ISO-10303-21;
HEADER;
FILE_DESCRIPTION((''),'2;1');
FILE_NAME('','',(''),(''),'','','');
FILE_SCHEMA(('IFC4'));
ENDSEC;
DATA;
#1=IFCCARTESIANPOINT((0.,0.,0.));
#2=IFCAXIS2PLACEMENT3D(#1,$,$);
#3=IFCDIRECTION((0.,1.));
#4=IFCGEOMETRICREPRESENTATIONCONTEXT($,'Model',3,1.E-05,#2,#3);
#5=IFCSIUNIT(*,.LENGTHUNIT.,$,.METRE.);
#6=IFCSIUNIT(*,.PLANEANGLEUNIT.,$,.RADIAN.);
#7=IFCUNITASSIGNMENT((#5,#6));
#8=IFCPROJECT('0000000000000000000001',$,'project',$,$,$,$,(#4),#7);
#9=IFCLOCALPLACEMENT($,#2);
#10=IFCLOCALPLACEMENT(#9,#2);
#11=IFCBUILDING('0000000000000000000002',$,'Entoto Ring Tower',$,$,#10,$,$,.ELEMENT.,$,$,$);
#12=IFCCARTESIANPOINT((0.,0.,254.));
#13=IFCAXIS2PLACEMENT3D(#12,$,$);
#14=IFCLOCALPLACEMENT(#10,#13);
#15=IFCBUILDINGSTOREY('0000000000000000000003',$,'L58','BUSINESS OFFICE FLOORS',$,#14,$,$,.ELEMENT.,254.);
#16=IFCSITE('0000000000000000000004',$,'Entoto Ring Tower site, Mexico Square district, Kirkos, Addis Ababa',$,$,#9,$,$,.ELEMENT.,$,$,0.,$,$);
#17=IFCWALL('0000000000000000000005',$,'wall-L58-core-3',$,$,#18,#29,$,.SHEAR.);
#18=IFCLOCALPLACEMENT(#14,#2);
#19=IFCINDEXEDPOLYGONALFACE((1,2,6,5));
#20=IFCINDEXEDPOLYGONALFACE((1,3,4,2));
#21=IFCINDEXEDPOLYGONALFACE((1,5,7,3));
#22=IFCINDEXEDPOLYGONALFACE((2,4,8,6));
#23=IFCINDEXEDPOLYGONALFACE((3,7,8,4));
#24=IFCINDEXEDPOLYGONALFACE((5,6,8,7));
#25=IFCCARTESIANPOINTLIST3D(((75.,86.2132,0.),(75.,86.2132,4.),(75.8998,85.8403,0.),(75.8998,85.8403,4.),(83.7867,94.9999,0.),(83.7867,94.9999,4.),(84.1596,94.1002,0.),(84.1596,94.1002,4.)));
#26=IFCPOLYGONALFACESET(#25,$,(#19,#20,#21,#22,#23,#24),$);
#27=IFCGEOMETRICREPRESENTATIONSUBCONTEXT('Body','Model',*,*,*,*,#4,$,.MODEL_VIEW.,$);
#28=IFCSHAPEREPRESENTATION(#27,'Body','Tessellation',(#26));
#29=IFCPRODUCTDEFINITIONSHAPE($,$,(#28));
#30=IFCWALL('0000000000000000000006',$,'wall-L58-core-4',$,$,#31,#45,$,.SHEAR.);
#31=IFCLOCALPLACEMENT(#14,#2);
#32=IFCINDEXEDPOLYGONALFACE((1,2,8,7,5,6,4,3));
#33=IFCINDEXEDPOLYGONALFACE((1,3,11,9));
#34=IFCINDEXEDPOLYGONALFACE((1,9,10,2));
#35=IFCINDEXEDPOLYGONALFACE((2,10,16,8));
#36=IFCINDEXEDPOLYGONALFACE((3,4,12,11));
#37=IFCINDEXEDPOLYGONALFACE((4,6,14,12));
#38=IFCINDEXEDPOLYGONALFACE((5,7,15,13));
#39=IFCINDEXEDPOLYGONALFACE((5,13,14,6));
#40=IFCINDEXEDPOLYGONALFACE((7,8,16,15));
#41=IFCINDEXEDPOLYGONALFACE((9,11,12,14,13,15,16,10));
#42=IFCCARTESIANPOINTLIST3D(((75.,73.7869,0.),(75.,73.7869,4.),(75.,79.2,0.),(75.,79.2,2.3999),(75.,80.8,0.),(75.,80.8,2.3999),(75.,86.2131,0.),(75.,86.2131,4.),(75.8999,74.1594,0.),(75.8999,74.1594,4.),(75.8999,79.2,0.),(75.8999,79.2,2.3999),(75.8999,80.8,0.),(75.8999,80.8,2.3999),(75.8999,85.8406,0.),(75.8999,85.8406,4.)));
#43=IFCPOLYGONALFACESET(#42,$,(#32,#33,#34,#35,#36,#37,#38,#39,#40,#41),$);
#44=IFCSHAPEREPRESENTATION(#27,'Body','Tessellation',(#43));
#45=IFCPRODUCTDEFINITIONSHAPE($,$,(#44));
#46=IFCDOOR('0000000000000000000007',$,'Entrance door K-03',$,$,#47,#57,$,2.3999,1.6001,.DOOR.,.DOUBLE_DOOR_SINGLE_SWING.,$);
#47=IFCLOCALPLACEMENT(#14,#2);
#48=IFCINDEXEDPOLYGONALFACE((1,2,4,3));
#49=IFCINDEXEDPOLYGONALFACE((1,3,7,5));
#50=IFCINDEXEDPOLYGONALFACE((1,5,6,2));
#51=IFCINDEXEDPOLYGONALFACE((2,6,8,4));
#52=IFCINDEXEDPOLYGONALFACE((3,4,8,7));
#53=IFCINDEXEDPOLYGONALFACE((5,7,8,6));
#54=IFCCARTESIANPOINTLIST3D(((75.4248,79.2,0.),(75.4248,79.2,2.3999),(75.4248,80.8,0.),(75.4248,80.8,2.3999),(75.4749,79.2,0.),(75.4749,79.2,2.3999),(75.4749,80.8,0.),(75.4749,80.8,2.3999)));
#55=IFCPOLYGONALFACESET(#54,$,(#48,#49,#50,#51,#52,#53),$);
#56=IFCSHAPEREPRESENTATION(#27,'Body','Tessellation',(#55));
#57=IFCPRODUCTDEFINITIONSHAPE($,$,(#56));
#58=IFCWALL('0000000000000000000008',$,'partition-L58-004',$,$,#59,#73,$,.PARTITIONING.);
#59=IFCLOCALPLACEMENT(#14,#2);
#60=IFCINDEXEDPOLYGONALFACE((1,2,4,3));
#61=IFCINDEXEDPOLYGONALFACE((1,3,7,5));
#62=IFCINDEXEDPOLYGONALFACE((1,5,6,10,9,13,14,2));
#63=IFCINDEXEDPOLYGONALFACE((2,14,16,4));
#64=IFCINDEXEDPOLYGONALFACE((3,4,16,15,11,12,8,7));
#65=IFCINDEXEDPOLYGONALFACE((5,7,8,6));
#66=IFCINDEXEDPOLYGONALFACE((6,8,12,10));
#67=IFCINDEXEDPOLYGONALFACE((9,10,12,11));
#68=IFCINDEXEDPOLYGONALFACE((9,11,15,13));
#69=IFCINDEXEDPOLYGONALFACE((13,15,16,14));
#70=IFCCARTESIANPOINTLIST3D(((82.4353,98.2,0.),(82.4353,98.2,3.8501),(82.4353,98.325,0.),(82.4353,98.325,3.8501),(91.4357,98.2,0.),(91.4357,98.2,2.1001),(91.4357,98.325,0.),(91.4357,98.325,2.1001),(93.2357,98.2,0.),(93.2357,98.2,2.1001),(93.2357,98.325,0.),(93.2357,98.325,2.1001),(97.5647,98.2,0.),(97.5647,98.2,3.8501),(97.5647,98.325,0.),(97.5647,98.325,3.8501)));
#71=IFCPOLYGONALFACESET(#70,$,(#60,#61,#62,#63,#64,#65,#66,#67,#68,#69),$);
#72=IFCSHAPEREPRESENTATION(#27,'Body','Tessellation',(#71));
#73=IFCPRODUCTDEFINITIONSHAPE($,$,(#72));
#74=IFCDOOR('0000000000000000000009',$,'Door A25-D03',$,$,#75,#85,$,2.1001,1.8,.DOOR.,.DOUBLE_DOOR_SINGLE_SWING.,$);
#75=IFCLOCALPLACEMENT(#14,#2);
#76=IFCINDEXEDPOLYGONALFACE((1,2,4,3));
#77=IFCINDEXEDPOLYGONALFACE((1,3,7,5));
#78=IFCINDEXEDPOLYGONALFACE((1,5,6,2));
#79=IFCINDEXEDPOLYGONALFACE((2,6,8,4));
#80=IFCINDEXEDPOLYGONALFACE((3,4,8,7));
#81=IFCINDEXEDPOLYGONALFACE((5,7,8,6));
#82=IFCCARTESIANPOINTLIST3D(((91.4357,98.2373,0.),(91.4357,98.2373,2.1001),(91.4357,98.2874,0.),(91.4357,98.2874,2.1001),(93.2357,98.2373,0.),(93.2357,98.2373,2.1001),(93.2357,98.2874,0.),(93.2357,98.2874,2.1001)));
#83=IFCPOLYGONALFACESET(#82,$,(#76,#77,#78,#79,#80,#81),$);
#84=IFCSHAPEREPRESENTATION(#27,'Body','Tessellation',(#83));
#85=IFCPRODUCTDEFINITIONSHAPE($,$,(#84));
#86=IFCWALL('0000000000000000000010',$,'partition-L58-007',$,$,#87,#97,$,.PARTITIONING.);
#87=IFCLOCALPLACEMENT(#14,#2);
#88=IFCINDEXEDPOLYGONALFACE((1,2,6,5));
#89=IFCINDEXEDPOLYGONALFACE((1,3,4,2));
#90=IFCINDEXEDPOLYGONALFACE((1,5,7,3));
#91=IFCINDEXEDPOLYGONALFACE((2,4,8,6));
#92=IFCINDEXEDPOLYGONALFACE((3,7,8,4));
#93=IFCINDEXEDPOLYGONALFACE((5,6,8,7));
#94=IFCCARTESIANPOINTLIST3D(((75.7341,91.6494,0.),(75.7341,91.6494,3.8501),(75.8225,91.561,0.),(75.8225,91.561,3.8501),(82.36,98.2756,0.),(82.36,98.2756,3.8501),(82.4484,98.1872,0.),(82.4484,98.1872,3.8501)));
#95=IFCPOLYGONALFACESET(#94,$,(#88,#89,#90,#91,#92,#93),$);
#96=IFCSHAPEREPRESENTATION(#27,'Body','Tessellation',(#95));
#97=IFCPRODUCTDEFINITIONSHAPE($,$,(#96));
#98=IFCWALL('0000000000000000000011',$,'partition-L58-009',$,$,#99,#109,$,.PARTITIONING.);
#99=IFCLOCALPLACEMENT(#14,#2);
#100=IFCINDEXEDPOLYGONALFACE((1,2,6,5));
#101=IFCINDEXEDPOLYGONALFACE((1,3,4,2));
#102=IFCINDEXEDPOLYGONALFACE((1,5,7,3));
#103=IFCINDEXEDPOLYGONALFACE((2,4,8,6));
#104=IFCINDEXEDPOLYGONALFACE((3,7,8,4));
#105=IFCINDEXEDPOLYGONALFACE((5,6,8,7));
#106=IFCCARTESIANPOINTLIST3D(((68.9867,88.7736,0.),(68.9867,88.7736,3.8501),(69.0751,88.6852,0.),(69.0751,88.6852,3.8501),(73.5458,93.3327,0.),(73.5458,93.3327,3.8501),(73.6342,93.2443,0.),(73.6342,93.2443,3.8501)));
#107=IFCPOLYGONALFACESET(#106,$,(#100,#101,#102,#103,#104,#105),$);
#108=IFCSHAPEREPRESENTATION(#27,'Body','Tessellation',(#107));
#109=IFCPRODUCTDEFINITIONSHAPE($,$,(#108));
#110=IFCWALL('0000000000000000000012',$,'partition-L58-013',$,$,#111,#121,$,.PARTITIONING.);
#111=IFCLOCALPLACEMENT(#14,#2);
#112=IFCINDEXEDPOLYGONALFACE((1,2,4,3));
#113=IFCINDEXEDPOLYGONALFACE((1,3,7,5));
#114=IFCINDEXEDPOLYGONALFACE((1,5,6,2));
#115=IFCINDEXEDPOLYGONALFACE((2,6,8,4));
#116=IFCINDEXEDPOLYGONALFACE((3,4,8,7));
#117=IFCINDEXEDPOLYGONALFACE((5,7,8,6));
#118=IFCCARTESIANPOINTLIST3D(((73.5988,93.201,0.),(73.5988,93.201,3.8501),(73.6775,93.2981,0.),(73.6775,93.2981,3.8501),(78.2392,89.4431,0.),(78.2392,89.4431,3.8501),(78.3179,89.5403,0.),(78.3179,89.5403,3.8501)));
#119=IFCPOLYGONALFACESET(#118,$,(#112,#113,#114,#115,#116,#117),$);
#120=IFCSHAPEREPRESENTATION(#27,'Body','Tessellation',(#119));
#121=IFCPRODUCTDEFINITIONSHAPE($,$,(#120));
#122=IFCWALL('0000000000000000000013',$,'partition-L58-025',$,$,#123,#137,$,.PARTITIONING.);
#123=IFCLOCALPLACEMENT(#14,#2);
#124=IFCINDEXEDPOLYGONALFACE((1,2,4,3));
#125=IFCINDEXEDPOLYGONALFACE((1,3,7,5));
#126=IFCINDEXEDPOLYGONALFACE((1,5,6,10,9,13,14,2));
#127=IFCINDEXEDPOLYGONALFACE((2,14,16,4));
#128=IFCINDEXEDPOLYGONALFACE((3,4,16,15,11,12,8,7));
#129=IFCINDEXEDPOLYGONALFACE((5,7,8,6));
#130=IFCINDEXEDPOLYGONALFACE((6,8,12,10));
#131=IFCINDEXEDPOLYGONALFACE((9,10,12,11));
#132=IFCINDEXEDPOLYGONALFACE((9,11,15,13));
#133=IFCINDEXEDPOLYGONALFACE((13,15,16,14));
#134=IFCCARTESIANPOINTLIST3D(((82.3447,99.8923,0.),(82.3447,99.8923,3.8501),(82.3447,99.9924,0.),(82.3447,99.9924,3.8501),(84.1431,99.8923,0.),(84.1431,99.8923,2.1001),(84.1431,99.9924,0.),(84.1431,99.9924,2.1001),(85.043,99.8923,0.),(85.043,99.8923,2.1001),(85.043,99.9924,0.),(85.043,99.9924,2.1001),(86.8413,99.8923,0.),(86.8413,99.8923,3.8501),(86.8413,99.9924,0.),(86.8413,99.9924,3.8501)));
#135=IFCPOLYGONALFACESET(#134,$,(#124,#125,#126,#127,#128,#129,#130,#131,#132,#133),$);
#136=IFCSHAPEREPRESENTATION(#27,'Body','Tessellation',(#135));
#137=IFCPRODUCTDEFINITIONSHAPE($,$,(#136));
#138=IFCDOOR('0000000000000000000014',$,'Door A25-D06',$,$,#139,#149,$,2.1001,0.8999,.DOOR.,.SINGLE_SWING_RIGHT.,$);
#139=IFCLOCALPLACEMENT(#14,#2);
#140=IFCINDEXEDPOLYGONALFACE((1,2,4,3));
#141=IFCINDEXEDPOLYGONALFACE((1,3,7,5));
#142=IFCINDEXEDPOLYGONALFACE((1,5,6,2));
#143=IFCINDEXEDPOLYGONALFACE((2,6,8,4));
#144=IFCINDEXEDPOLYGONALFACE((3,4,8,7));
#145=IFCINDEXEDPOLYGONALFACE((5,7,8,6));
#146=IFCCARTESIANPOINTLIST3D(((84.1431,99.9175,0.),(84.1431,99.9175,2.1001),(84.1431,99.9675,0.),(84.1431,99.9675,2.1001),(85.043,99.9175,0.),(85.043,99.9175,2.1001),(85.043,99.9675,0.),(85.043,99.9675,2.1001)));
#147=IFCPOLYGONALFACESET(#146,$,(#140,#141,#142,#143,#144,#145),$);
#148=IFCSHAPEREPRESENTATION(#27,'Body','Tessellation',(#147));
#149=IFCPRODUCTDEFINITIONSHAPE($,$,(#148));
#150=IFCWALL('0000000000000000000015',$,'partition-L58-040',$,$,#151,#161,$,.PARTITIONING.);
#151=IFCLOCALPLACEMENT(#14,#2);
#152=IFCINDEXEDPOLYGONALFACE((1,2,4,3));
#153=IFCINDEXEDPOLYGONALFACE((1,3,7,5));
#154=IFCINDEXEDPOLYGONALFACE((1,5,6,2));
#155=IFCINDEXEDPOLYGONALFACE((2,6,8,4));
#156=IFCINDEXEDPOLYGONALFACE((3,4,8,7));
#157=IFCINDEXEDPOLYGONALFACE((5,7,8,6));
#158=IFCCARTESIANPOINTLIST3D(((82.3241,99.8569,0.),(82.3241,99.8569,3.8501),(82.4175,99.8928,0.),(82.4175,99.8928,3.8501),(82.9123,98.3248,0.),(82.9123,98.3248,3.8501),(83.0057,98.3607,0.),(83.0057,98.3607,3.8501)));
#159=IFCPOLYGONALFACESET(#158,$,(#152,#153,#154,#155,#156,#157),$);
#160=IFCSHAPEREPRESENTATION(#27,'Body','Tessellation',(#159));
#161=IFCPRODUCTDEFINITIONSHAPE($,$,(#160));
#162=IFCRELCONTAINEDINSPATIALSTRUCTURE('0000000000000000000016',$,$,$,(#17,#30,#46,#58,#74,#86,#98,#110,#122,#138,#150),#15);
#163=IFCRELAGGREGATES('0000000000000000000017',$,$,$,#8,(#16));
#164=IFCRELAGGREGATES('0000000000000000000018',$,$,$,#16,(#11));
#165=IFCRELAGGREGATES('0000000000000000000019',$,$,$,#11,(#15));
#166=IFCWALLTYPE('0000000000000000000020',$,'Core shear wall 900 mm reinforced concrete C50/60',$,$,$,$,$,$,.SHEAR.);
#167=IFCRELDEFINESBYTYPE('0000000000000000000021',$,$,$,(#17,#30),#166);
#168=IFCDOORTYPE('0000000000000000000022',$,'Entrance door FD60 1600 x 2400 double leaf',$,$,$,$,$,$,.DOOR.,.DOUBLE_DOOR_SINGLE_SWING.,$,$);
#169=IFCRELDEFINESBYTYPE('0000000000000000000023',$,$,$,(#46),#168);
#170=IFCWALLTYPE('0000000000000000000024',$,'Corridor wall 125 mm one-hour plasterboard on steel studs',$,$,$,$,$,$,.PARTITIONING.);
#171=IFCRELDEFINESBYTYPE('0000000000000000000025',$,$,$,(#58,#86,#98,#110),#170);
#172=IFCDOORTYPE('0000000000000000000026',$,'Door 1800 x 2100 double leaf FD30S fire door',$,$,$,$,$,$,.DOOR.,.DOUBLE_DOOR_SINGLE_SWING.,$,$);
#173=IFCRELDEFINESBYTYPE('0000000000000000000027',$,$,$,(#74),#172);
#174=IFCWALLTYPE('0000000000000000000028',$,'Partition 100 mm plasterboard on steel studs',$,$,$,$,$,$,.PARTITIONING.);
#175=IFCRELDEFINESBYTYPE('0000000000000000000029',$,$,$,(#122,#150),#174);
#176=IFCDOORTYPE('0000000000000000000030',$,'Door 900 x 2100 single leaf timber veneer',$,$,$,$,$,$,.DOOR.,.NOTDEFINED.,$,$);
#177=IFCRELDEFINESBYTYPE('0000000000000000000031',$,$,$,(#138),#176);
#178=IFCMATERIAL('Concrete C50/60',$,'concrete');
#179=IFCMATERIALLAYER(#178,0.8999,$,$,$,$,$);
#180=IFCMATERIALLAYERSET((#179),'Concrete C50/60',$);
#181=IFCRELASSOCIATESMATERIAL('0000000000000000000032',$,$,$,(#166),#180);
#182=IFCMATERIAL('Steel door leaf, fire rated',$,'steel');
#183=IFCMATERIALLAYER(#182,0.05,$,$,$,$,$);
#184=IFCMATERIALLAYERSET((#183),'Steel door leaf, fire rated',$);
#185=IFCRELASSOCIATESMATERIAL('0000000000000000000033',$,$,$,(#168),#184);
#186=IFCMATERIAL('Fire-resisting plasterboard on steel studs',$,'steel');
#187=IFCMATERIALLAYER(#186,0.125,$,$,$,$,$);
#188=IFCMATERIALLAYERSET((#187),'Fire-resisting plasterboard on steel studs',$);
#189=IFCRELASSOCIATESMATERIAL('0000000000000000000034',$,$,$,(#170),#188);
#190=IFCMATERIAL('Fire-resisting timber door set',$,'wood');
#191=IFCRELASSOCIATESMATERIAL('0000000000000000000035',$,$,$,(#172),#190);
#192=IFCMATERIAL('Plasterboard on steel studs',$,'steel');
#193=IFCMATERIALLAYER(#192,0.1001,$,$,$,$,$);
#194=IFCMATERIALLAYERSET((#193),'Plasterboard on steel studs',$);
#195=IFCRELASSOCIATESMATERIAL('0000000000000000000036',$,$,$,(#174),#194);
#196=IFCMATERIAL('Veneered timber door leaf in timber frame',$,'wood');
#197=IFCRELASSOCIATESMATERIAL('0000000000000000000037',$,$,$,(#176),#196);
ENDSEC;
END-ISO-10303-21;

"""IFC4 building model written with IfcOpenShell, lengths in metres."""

from ifc_helpers import new_model, si_unit, direction, frame, frame_2d, origin, place, context, subcontext, project, spatial, polyline, rectangle, outline, extrude, material, layer, layer_set, type_object, element, fill, save


model = new_model("IFC4")

# Units and contexts
model_context = context("Model", 3, precision=1e-05, world=origin(), true_north=direction((0.0, 1.0)))
body_context = subcontext(model_context, "Body", "Model", "MODEL_VIEW")
ifc_project = project(units=[si_unit("LENGTHUNIT", "METRE"), si_unit("PLANEANGLEUNIT", "RADIAN")], contexts=[model_context])

# Site, building, storey
site_placement = place(None, origin())
site = spatial("IfcSite", under=ifc_project, at=site_placement, Name="Entoto Ring Tower site, Mexico Square district, Kirkos, Addis Ababa", CompositionType="ELEMENT", RefElevation=0.0)
building_placement = place(site_placement, origin())
building = spatial("IfcBuilding", under=site, at=building_placement, Name="Entoto Ring Tower", CompositionType="ELEMENT")
storey_placement = place(building_placement, frame((0.0, 0.0, 254.0)))
storey = spatial("IfcBuildingStorey", under=building, at=storey_placement, Name="L58", Description="BUSINESS OFFICE FLOORS", CompositionType="ELEMENT", Elevation=254.0)

# Wall
ifc_material_1 = material(Name="Concrete C50/60", Category="concrete")
ifc_layer_1 = layer(ifc_material_1, 0.8999)
ifc_layer_set_1 = layer_set([ifc_layer_1], Name="Concrete C50/60")
wall_type_1 = type_object("IfcWallType", Name="Core shear wall 900 mm reinforced concrete C50/60", PredefinedType="SHEAR", material=ifc_layer_set_1)
wall_1_placement = place(storey_placement, frame((83.9731, 94.55, 0.0), z_axis=(0.0, 0.0, 1.0), x_axis=(-0.707107, -0.707107, 0.0)))
element("IfcWall", 1, at=wall_1_placement, inside=storey, type_object=wall_type_1, Name="wall-L58-core-3", PredefinedType="SHEAR", context=body_context, shape_type="SweptSolid", body=[
    extrude(outline(polyline([(-0.1863, -0.45), (12.24, -0.45), (11.8674, 0.45), (0.1863, 0.45), (-0.1863, -0.45)])), origin(), (0.0, 0.0, 1.0), 4.0),
])

# Walls, openings, doors
wall_2_placement = place(storey_placement, frame((75.45, 86.0269, 0.0), z_axis=(0.0, 0.0, 1.0), x_axis=(0.0, -1.0, 0.0)))
wall_2 = element("IfcWall", 2, at=wall_2_placement, inside=storey, type_object=wall_type_1, Name="wall-L58-core-4", PredefinedType="SHEAR", context=body_context, shape_type="SweptSolid", body=[
    extrude(outline(polyline([(-0.1863, -0.45), (12.24, -0.45), (11.8674, 0.45), (0.1863, 0.45), (-0.1863, -0.45)])), origin(), (0.0, 0.0, 1.0), 4.0),
])
opening_1_placement = place(wall_2_placement, frame((5.2268, 0.0, 0.0)))
opening_1 = element("IfcOpeningElement", 3, at=opening_1_placement, cuts=wall_2, PredefinedType="OPENING", context=body_context, shape_type="SweptSolid", body=[
    extrude(rectangle(XDim=1.6001, YDim=2.3999, at=frame_2d((0.8, 1.2))), frame((0.0, 0.46, 0.0), z_axis=(0.0, -1.0, 0.0), x_axis=(1.0, 0.0, 0.0)), (0.0, 0.0, 1.0), 0.9199),
])
ifc_material_2 = material(Name="Steel door leaf, fire rated", Category="steel")
ifc_layer_2 = layer(ifc_material_2, 0.05)
ifc_layer_set_2 = layer_set([ifc_layer_2], Name="Steel door leaf, fire rated")
door_type_1 = type_object("IfcDoorType", Name="Entrance door FD60 1600 x 2400 double leaf", OperationType="DOUBLE_DOOR_SINGLE_SWING", PredefinedType="DOOR", material=ifc_layer_set_2)
door_1_placement = place(opening_1_placement, origin())
door_1 = element("IfcDoor", 4, at=door_1_placement, inside=storey, type_object=door_type_1, Name="Entrance door K-03", OperationType="DOUBLE_DOOR_SINGLE_SWING", OverallHeight=2.3999, OverallWidth=1.6001, PredefinedType="DOOR", context=body_context, shape_type="SweptSolid", body=[
    extrude(rectangle(XDim=1.6001, YDim=2.3999, at=frame_2d((0.8, 1.2))), frame((0.0, 0.0249, 0.0), z_axis=(0.0, -1.0, 0.0), x_axis=(1.0, 0.0, 0.0)), (0.0, 0.0, 1.0), 0.05),
])
fill(opening_1, door_1)
ifc_material_3 = material(Name="Fire-resisting plasterboard on steel studs", Category="steel")
ifc_layer_3 = layer(ifc_material_3, 0.125)
ifc_layer_set_3 = layer_set([ifc_layer_3], Name="Fire-resisting plasterboard on steel studs")
wall_type_2 = type_object("IfcWallType", Name="Corridor wall 125 mm one-hour plasterboard on steel studs", PredefinedType="PARTITIONING", material=ifc_layer_set_3)
wall_3_placement = place(storey_placement, frame((82.4353, 98.2625, 0.0), z_axis=(0.0, 0.0, 1.0), x_axis=(1.0, 0.0, 0.0)))
wall_3 = element("IfcWall", 5, at=wall_3_placement, inside=storey, type_object=wall_type_2, Name="partition-L58-004", PredefinedType="PARTITIONING", context=body_context, shape_type="SweptSolid", body=[
    extrude(rectangle(XDim=15.1294, YDim=0.125, at=frame_2d((7.5647, 0.0))), origin(), (0.0, 0.0, 1.0), 3.8501),
])
opening_2_placement = place(wall_3_placement, frame((9.0005, 0.0, 0.0)))
opening_2 = element("IfcOpeningElement", 6, at=opening_2_placement, cuts=wall_3, PredefinedType="OPENING", context=body_context, shape_type="SweptSolid", body=[
    extrude(rectangle(XDim=1.8, YDim=2.1001, at=frame_2d((0.8999, 1.05))), frame((0.0, 0.0725, 0.0), z_axis=(0.0, -1.0, 0.0), x_axis=(1.0, 0.0, 0.0)), (0.0, 0.0, 1.0), 0.145),
])
ifc_material_4 = material(Name="Fire-resisting timber door set", Category="wood")
door_type_2 = type_object("IfcDoorType", Name="Door 1800 x 2100 double leaf FD30S fire door", OperationType="DOUBLE_DOOR_SINGLE_SWING", PredefinedType="DOOR", material=ifc_material_4)
door_2_placement = place(opening_2_placement, origin())
door_2 = element("IfcDoor", 7, at=door_2_placement, inside=storey, type_object=door_type_2, Name="Door A25-D03", OperationType="DOUBLE_DOOR_SINGLE_SWING", OverallHeight=2.1001, OverallWidth=1.8, PredefinedType="DOOR", context=body_context, shape_type="SweptSolid", body=[
    extrude(rectangle(XDim=1.8, YDim=2.1001, at=frame_2d((0.8999, 1.05))), frame((0.0, 0.0249, 0.0), z_axis=(0.0, -1.0, 0.0), x_axis=(1.0, 0.0, 0.0)), (0.0, 0.0, 1.0), 0.05),
])
fill(opening_2, door_2)

# Walls
wall_4_placement = place(storey_placement, frame((75.7783, 91.6052, 0.0), z_axis=(0.0, 0.0, 1.0), x_axis=(0.707094, 0.70712, 0.0)))
element("IfcWall", 8, at=wall_4_placement, inside=storey, type_object=wall_type_2, Name="partition-L58-007", PredefinedType="PARTITIONING", context=body_context, shape_type="SweptSolid", body=[
    extrude(rectangle(XDim=9.3706, YDim=0.125, at=frame_2d((4.6853, 0.0))), origin(), (0.0, 0.0, 1.0), 3.8501),
])
wall_5_placement = place(storey_placement, frame((69.031, 88.7295, 0.0), z_axis=(0.0, 0.0, 1.0), x_axis=(0.707107, 0.707107, 0.0)))
element("IfcWall", 9, at=wall_5_placement, inside=storey, type_object=wall_type_2, Name="partition-L58-009", PredefinedType="PARTITIONING", context=body_context, shape_type="SweptSolid", body=[
    extrude(rectangle(XDim=6.4475, YDim=0.125, at=frame_2d((3.2236, 0.0))), origin(), (0.0, 0.0, 1.0), 3.8501),
])
wall_6_placement = place(storey_placement, frame((78.2786, 89.4917, 0.0), z_axis=(0.0, 0.0, 1.0), x_axis=(-0.777137, 0.629331, 0.0)))
element("IfcWall", 10, at=wall_6_placement, inside=storey, type_object=wall_type_2, Name="partition-L58-013", PredefinedType="PARTITIONING", context=body_context, shape_type="SweptSolid", body=[
    extrude(rectangle(XDim=5.9712, YDim=0.125, at=frame_2d((2.9856, 0.0))), origin(), (0.0, 0.0, 1.0), 3.8501),
])

# Wall, opening, door
ifc_material_5 = material(Name="Plasterboard on steel studs", Category="steel")
ifc_layer_4 = layer(ifc_material_5, 0.1001)
ifc_layer_set_4 = layer_set([ifc_layer_4], Name="Plasterboard on steel studs")
wall_type_3 = type_object("IfcWallType", Name="Partition 100 mm plasterboard on steel studs", PredefinedType="PARTITIONING", material=ifc_layer_set_4)
wall_7_placement = place(storey_placement, frame((82.3447, 99.9424, 0.0), z_axis=(0.0, 0.0, 1.0), x_axis=(1.0, 0.0, 0.0)))
wall_7 = element("IfcWall", 11, at=wall_7_placement, inside=storey, type_object=wall_type_3, Name="partition-L58-025", PredefinedType="PARTITIONING", context=body_context, shape_type="SweptSolid", body=[
    extrude(rectangle(XDim=4.4966, YDim=0.1001, at=frame_2d((2.2483, 0.0))), origin(), (0.0, 0.0, 1.0), 3.8501),
])
opening_3_placement = place(wall_7_placement, frame((1.7983, 0.0, 0.0)))
opening_3 = element("IfcOpeningElement", 12, at=opening_3_placement, cuts=wall_7, PredefinedType="OPENING", context=body_context, shape_type="SweptSolid", body=[
    extrude(rectangle(XDim=0.8999, YDim=2.1001, at=frame_2d((0.45, 1.05))), frame((0.0, 0.0601, 0.0), z_axis=(0.0, -1.0, 0.0), x_axis=(1.0, 0.0, 0.0)), (0.0, 0.0, 1.0), 0.1201),
])
ifc_material_6 = material(Name="Veneered timber door leaf in timber frame", Category="wood")
door_type_3 = type_object("IfcDoorType", Name="Door 900 x 2100 single leaf timber veneer", OperationType="NOTDEFINED", PredefinedType="DOOR", material=ifc_material_6)
door_3_placement = place(opening_3_placement, frame((0.8999, 0.0, 0.0), z_axis=(0.0, 0.0, 1.0), x_axis=(-1.0, 0.0, 0.0)))
door_3 = element("IfcDoor", 13, at=door_3_placement, inside=storey, type_object=door_type_3, Name="Door A25-D06", OperationType="SINGLE_SWING_RIGHT", OverallHeight=2.1001, OverallWidth=0.8999, PredefinedType="DOOR", context=body_context, shape_type="SweptSolid", body=[
    extrude(rectangle(XDim=0.8999, YDim=2.1001, at=frame_2d((0.45, 1.05))), frame((0.0, 0.0249, 0.0), z_axis=(0.0, -1.0, 0.0), x_axis=(1.0, 0.0, 0.0)), (0.0, 0.0, 1.0), 0.05),
])
fill(opening_3, door_3)

# Wall
wall_8_placement = place(storey_placement, frame((82.959, 98.3428, 0.0), z_axis=(0.0, 0.0, 1.0), x_axis=(-0.358401, 0.933568, 0.0)))
element("IfcWall", 14, at=wall_8_placement, inside=storey, type_object=wall_type_3, Name="partition-L58-040", PredefinedType="PARTITIONING", context=body_context, shape_type="SweptSolid", body=[
    extrude(rectangle(XDim=1.6411, YDim=0.1001, at=frame_2d((0.8206, 0.0))), origin(), (0.0, 0.0, 1.0), 3.8501),
])

save(model, "model.ifc")
